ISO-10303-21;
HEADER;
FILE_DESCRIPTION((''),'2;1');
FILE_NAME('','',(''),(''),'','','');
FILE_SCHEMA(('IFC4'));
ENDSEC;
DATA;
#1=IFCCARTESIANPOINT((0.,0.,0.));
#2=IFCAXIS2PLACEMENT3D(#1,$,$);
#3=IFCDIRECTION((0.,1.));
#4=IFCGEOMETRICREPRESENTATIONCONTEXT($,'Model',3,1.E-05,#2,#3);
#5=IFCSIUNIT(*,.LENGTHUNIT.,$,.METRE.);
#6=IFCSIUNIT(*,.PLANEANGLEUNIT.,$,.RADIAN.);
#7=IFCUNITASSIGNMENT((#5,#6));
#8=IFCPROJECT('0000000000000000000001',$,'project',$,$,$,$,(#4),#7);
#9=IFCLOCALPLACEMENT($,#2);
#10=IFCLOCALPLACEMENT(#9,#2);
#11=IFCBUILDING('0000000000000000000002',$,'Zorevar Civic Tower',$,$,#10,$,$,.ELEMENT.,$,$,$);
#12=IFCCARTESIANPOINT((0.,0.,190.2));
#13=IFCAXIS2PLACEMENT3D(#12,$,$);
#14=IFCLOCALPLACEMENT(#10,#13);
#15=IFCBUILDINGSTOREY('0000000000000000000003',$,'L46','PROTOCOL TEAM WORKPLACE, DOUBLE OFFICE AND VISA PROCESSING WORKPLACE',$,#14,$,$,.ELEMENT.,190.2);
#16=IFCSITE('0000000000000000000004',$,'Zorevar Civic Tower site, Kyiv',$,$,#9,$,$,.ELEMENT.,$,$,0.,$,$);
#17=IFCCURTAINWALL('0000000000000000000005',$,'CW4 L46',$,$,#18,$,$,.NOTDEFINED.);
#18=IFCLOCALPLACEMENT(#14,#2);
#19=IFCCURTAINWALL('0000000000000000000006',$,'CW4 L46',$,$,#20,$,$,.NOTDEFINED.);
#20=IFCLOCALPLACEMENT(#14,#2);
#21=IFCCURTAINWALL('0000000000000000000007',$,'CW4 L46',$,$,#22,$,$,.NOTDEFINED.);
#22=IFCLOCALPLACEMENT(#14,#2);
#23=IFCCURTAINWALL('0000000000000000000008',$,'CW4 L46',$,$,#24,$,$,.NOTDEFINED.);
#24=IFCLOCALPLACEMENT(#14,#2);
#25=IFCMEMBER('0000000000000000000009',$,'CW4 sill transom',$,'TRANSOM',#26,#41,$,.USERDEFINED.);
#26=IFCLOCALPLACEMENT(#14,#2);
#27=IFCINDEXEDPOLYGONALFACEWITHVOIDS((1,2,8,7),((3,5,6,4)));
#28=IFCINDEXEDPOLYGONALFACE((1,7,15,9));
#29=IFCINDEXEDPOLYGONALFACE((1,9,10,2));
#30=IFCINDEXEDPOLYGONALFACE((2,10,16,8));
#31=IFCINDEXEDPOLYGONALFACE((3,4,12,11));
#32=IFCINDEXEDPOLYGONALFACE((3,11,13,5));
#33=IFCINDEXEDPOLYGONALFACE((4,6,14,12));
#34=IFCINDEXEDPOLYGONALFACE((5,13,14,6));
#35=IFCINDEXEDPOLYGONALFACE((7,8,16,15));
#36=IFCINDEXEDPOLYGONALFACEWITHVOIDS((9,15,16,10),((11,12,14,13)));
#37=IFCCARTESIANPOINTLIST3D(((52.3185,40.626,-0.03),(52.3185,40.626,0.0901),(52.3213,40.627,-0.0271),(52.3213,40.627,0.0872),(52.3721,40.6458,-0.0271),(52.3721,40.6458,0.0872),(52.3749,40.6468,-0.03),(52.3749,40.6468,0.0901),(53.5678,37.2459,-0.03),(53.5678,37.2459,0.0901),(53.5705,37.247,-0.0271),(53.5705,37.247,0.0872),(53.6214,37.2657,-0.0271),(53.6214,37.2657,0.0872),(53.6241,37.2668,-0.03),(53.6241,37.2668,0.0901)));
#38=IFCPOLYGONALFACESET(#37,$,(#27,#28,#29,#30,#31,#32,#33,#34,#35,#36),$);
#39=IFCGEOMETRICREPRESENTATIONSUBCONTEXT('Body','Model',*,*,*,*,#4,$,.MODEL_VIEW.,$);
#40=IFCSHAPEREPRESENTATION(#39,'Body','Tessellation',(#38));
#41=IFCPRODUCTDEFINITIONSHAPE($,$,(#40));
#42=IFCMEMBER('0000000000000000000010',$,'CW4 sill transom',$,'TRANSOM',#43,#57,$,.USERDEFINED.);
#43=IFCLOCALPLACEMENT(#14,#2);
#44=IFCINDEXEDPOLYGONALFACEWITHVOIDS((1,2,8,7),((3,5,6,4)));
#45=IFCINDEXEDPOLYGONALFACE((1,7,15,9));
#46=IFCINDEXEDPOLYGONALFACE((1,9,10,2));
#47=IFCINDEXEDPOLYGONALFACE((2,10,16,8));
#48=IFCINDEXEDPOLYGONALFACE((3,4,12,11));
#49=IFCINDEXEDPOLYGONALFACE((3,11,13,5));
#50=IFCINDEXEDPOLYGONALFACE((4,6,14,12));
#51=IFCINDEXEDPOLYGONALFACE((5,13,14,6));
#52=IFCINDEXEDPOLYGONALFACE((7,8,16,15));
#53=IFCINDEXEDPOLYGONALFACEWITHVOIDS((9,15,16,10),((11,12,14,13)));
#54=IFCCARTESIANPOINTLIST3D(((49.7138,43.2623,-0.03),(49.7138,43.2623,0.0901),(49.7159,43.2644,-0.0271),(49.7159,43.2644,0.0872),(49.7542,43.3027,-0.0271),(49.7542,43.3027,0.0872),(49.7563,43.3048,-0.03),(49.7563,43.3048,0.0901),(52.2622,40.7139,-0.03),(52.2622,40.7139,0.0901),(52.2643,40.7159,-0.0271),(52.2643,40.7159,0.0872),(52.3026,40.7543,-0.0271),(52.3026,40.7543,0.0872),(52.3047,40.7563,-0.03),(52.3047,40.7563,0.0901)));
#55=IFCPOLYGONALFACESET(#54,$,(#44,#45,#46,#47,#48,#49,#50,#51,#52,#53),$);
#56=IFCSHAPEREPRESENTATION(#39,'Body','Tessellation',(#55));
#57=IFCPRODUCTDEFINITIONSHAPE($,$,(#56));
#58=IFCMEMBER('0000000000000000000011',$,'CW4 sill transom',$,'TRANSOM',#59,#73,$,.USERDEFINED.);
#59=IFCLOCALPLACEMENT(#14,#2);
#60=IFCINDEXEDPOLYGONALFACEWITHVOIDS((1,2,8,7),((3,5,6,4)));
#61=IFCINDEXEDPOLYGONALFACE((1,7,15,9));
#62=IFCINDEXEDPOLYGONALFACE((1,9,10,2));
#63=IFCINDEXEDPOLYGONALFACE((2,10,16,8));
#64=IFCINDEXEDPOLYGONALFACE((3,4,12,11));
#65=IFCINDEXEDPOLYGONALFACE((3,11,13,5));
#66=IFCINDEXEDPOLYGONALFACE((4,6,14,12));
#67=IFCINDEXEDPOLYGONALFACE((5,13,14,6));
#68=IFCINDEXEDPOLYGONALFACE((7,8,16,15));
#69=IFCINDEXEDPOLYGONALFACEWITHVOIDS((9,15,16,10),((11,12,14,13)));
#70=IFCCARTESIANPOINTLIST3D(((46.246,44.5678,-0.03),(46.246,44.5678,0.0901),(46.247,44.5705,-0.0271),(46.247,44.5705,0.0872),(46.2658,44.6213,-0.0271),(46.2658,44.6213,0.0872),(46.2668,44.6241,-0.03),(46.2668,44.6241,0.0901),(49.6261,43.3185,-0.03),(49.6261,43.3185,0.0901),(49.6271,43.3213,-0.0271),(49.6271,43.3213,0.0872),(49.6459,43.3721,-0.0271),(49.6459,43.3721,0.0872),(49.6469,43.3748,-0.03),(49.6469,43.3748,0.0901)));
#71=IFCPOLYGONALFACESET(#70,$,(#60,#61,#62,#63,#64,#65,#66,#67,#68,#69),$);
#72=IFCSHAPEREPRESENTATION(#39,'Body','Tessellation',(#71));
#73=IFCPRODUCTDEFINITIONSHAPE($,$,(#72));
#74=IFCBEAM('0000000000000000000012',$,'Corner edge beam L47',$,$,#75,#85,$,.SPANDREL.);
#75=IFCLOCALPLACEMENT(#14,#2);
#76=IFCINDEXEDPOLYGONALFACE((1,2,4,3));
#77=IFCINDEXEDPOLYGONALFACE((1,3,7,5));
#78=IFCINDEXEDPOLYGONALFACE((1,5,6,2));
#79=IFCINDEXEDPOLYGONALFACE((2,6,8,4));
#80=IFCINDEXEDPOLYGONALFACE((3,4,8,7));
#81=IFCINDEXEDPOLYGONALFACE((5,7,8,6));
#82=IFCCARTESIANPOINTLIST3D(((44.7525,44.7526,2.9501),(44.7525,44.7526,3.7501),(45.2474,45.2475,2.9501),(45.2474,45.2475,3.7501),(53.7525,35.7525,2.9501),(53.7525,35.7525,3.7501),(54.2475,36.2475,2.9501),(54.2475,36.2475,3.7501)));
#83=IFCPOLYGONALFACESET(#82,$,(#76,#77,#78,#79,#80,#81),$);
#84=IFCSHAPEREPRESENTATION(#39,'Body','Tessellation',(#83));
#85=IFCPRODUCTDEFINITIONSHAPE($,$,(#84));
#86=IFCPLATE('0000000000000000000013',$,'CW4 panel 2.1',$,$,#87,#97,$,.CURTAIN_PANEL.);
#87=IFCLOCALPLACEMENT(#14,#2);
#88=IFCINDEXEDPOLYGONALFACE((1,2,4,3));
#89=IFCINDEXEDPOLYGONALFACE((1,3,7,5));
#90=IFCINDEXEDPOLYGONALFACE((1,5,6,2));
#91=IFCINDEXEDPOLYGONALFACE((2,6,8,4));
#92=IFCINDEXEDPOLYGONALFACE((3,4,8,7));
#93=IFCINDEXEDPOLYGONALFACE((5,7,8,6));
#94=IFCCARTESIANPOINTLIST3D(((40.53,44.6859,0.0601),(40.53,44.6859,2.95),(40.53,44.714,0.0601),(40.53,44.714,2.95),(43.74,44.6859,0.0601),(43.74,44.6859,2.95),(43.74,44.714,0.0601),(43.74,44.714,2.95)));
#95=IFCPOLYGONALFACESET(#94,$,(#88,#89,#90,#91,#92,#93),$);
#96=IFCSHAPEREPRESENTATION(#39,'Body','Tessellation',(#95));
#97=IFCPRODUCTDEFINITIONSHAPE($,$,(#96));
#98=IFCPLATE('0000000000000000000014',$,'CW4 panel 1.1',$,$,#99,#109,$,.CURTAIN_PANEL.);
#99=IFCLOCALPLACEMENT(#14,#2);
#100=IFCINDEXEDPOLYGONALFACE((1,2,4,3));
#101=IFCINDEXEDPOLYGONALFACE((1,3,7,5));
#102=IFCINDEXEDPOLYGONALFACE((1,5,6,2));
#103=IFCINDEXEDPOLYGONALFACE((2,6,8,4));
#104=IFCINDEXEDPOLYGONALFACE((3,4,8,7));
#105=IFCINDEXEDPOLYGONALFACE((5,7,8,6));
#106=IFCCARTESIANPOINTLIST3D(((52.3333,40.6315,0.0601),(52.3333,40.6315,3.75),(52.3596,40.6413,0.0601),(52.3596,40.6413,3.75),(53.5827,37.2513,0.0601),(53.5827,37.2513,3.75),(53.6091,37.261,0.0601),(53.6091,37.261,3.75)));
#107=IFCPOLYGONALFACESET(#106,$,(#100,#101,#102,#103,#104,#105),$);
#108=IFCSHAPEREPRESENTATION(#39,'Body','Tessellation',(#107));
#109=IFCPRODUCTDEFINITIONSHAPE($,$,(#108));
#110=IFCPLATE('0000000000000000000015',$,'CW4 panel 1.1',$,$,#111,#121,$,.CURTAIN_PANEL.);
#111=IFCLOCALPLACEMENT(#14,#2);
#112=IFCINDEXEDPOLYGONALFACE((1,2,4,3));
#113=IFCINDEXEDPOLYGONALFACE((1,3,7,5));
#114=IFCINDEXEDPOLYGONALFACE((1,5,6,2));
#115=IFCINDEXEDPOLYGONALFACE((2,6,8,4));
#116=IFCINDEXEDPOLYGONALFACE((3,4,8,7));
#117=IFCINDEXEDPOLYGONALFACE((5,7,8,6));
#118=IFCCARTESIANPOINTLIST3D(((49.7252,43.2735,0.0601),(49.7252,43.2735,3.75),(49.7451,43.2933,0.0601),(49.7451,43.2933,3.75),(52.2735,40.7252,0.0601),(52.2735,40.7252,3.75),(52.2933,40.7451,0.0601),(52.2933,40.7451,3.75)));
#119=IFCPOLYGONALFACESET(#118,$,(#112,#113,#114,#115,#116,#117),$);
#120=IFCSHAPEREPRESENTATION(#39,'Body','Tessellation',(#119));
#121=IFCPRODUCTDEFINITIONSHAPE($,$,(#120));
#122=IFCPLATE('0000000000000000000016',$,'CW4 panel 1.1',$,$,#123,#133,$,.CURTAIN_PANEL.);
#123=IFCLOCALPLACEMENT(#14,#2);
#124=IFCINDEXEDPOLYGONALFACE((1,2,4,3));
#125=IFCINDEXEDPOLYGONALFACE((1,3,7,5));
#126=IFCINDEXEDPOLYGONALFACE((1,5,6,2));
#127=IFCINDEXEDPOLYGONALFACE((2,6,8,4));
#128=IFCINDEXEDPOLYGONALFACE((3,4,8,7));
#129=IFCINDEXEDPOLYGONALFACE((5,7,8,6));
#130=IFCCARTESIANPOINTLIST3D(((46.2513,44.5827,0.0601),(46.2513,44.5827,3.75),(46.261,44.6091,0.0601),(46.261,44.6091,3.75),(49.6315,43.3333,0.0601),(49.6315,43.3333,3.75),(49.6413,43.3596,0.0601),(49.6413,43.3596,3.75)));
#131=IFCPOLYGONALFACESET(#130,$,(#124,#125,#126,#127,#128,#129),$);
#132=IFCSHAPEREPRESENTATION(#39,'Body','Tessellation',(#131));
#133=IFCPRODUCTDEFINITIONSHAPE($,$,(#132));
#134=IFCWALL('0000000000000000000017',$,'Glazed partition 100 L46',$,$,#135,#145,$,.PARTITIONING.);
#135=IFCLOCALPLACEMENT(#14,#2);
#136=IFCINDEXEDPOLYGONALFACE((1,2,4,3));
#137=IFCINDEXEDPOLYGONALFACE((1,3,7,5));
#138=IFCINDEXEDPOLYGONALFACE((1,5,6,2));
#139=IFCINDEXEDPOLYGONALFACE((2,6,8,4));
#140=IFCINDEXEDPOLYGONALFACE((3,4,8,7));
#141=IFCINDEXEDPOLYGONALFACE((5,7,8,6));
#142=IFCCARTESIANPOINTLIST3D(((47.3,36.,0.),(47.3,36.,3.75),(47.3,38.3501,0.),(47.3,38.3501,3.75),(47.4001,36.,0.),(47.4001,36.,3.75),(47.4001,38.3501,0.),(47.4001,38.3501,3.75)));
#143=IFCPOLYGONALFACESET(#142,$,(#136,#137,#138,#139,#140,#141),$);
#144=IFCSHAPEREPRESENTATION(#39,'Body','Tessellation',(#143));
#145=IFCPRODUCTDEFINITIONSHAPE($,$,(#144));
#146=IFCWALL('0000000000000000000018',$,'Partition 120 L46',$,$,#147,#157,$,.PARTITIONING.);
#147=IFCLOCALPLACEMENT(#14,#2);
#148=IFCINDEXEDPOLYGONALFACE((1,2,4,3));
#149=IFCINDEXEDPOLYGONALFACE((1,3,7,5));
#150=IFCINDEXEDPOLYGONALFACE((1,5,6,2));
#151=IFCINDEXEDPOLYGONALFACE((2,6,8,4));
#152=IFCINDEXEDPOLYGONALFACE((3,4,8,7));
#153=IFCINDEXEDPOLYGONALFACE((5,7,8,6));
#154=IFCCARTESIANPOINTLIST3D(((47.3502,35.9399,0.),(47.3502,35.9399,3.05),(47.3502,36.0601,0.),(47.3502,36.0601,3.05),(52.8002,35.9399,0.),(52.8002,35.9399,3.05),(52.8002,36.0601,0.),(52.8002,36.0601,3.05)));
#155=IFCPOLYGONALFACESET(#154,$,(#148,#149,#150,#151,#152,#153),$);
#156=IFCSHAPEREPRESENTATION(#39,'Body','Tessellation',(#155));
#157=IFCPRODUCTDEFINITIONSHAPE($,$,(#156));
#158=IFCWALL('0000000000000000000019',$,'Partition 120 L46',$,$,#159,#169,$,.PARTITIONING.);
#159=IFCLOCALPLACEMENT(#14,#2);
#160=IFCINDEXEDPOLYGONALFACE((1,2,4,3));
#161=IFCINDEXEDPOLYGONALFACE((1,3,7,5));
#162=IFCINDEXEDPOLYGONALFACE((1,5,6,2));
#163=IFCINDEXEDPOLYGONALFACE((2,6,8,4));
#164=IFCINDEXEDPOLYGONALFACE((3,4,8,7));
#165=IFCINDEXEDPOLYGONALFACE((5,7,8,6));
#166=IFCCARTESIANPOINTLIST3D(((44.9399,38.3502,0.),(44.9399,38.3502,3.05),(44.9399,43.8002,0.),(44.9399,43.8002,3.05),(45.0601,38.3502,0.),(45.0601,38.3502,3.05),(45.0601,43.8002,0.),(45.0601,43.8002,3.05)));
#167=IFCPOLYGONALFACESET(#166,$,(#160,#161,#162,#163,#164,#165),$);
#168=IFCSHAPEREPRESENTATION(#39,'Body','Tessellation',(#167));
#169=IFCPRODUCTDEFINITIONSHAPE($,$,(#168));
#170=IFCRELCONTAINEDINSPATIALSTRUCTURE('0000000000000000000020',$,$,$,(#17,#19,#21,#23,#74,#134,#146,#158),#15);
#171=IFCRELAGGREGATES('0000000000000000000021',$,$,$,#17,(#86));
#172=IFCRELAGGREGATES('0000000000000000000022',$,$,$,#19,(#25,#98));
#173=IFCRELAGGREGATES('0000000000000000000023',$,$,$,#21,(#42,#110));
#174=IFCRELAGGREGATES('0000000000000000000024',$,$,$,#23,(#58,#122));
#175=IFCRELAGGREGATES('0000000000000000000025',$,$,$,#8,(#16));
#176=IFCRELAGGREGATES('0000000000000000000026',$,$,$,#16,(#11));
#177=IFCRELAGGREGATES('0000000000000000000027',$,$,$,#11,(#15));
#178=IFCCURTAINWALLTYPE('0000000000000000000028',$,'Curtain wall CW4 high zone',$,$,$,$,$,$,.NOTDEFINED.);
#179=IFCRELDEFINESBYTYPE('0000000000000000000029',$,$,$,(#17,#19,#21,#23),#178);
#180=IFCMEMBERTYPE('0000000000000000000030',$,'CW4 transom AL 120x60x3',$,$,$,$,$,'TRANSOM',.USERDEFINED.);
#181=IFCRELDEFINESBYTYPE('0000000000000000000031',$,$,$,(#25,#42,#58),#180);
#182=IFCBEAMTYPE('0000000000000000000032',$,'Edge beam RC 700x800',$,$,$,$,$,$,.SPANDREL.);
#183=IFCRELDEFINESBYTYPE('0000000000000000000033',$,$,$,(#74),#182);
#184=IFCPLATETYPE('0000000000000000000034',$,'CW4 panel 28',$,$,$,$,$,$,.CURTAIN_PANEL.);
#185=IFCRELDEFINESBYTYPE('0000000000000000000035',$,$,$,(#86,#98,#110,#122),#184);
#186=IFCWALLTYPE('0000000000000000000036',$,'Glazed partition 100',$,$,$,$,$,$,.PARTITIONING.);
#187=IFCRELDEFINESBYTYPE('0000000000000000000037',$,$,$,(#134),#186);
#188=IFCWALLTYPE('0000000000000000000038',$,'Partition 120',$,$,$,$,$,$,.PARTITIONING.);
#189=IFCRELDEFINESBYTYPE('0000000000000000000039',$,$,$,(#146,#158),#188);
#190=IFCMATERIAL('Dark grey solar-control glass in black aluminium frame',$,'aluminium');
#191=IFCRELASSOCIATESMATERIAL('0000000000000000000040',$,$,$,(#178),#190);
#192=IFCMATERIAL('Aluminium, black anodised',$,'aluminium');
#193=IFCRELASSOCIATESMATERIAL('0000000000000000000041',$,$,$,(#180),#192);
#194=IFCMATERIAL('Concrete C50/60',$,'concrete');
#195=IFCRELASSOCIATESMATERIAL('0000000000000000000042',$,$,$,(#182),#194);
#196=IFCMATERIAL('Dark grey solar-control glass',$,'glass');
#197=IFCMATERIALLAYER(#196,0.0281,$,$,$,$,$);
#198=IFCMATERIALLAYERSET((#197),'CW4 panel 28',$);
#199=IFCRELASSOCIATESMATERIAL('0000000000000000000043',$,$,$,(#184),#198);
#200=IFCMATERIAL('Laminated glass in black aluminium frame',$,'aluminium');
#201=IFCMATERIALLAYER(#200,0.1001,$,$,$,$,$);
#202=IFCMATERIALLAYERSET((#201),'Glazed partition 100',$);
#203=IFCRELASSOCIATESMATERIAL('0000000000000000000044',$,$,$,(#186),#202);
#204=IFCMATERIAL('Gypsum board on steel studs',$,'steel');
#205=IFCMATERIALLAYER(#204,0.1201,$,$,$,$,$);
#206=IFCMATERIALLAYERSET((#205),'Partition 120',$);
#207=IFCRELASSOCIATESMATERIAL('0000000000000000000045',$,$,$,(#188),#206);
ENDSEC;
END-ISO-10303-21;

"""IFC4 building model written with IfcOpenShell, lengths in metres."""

from ifc_helpers import new_model, si_unit, direction, frame, frame_2d, origin, origin_2d, place, context, subcontext, project, spatial, rectangle, hollow_rectangle, extrude, material, layer, layer_set, material_profile, profile_set, type_object, element, aggregate, save


model = new_model("IFC4")

# Units and contexts
model_context = context("Model", 3, precision=1e-05, world=origin(), true_north=direction((0.0, 1.0)))
body_context = subcontext(model_context, "Body", "Model", "MODEL_VIEW")
ifc_project = project(units=[si_unit("LENGTHUNIT", "METRE"), si_unit("PLANEANGLEUNIT", "RADIAN")], contexts=[model_context])

# Site, building, storey
site_placement = place(None, origin())
site = spatial("IfcSite", under=ifc_project, at=site_placement, Name="Zorevar Civic Tower site, Kyiv", CompositionType="ELEMENT", RefElevation=0.0)
building_placement = place(site_placement, origin())
building = spatial("IfcBuilding", under=site, at=building_placement, Name="Zorevar Civic Tower", CompositionType="ELEMENT")
storey_placement = place(building_placement, frame((0.0, 0.0, 190.2)))
storey = spatial("IfcBuildingStorey", under=building, at=storey_placement, Name="L46", Description="PROTOCOL TEAM WORKPLACE, DOUBLE OFFICE AND VISA PROCESSING WORKPLACE", CompositionType="ELEMENT", Elevation=190.2)

# Curtain wall
ifc_material_1 = material(Name="Dark grey solar-control glass in black aluminium frame", Category="aluminium")
curtain_wall_type = type_object("IfcCurtainWallType", Name="Curtain wall CW4 high zone", PredefinedType="NOTDEFINED", material=ifc_material_1)
curtain_wall_1_placement = place(storey_placement, origin())
curtain_wall_1 = element("IfcCurtainWall", 1, at=curtain_wall_1_placement, inside=storey, type_object=curtain_wall_type, Name="CW4 L46", PredefinedType="NOTDEFINED")

# Curtain walls
curtain_wall_2_placement = place(storey_placement, origin())
curtain_wall_2 = element("IfcCurtainWall", 2, at=curtain_wall_2_placement, inside=storey, type_object=curtain_wall_type, Name="CW4 L46", PredefinedType="NOTDEFINED")
curtain_wall_3_placement = place(storey_placement, origin())
curtain_wall_3 = element("IfcCurtainWall", 3, at=curtain_wall_3_placement, inside=storey, type_object=curtain_wall_type, Name="CW4 L46", PredefinedType="NOTDEFINED")
curtain_wall_4_placement = place(storey_placement, origin())
curtain_wall_4 = element("IfcCurtainWall", 4, at=curtain_wall_4_placement, inside=storey, type_object=curtain_wall_type, Name="CW4 L46", PredefinedType="NOTDEFINED")

# Members
ifc_material_2 = material(Name="Aluminium, black anodised", Category="aluminium")
ifc_material_profile_1 = material_profile(ifc_material_2, hollow_rectangle(XDim=0.0601, YDim=0.1201, WallThickness=0.0029, at=origin_2d()), Name="AL 120x60x3")
ifc_profile_set_1 = profile_set([ifc_material_profile_1], Name="Aluminium, black anodised")
member_type_1 = type_object("IfcMemberType", Name="CW4 transom AL 120x60x3", ElementType="TRANSOM", PredefinedType="USERDEFINED", material=ifc_profile_set_1)
member_1_placement = place(storey_placement, frame((53.5959, 37.2563, 0.03), z_axis=(-0.346672, 0.937986, 0.0), x_axis=(-0.937986, -0.346672, 0.0)))
member_1 = element("IfcMember", 5, at=member_1_placement, type_object=member_type_1, Name="CW4 sill transom", ObjectType="TRANSOM", PredefinedType="USERDEFINED", context=body_context, shape_type="SweptSolid", body=[
    extrude(hollow_rectangle(XDim=0.0601, YDim=0.1201, WallThickness=0.0029, at=origin_2d()), origin(), (0.0, 0.0, 1.0), 3.6035),
])
member_2_placement = place(storey_placement, frame((52.2834, 40.7351, 0.03), z_axis=(-0.707107, 0.707107, 0.0), x_axis=(-0.707107, -0.707107, 0.0)))
member_2 = element("IfcMember", 6, at=member_2_placement, type_object=member_type_1, Name="CW4 sill transom", ObjectType="TRANSOM", PredefinedType="USERDEFINED", context=body_context, shape_type="SweptSolid", body=[
    extrude(hollow_rectangle(XDim=0.0601, YDim=0.1201, WallThickness=0.0029, at=origin_2d()), origin(), (0.0, 0.0, 1.0), 3.604),
])
member_3_placement = place(storey_placement, frame((49.6365, 43.3467, 0.03), z_axis=(-0.937986, 0.346672, 0.0), x_axis=(-0.346672, -0.937986, 0.0)))
member_3 = element("IfcMember", 7, at=member_3_placement, type_object=member_type_1, Name="CW4 sill transom", ObjectType="TRANSOM", PredefinedType="USERDEFINED", context=body_context, shape_type="SweptSolid", body=[
    extrude(hollow_rectangle(XDim=0.0601, YDim=0.1201, WallThickness=0.0029, at=origin_2d()), origin(), (0.0, 0.0, 1.0), 3.6035),
])

# Beam
ifc_material_3 = material(Name="Concrete C50/60", Category="concrete")
ifc_material_profile_2 = material_profile(ifc_material_3, rectangle(XDim=0.7, YDim=0.8, at=origin_2d()), Name="RC 700x800")
ifc_profile_set_2 = profile_set([ifc_material_profile_2], Name="Concrete C50/60")
beam_type_1 = type_object("IfcBeamType", Name="Edge beam RC 700x800", PredefinedType="SPANDREL", material=ifc_profile_set_2)
beam_1_placement = place(storey_placement, frame((54.0, 36.0, 3.3501), z_axis=(-0.707107, 0.707107, 0.0), x_axis=(-0.707107, -0.707107, 0.0)))
element("IfcBeam", 8, at=beam_1_placement, inside=storey, type_object=beam_type_1, Name="Corner edge beam L47", PredefinedType="SPANDREL", context=body_context, shape_type="SweptSolid", body=[
    extrude(rectangle(XDim=0.7, YDim=0.8, at=origin_2d()), origin(), (0.0, 0.0, 1.0), 12.728),
])

# Plates
ifc_material_4 = material(Name="Dark grey solar-control glass", Category="glass")
ifc_layer_1 = layer(ifc_material_4, 0.0281)
ifc_layer_set_1 = layer_set([ifc_layer_1], Name="CW4 panel 28")
plate_type = type_object("IfcPlateType", Name="CW4 panel 28", PredefinedType="CURTAIN_PANEL", material=ifc_layer_set_1)
plate_1_placement = place(storey_placement, frame((42.135, 44.7, 0.0601), z_axis=(0.0, 0.0, 1.0), x_axis=(1.0, 0.0, 0.0)))
plate_1 = element("IfcPlate", 9, at=plate_1_placement, type_object=plate_type, Name="CW4 panel 2.1", PredefinedType="CURTAIN_PANEL", context=body_context, shape_type="SweptSolid", body=[
    extrude(rectangle(XDim=3.21, YDim=0.0281, at=origin_2d()), origin(), (0.0, 0.0, 1.0), 2.8899),
])
aggregate(curtain_wall_1, [plate_1])
plate_2_placement = place(storey_placement, frame((52.9712, 38.9463, 0.0601), z_axis=(0.0, 0.0, 1.0), x_axis=(-0.346704, 0.937975, 0.0)))
plate_2 = element("IfcPlate", 10, at=plate_2_placement, type_object=plate_type, Name="CW4 panel 1.1", PredefinedType="CURTAIN_PANEL", context=body_context, shape_type="SweptSolid", body=[
    extrude(rectangle(XDim=3.6038, YDim=0.0281, at=origin_2d()), origin(), (0.0, 0.0, 1.0), 3.6899),
])
aggregate(curtain_wall_2, [member_1, plate_2])
plate_3_placement = place(storey_placement, frame((51.0093, 42.0093, 0.0601), z_axis=(0.0, 0.0, 1.0), x_axis=(-0.707107, 0.707107, 0.0)))
plate_3 = element("IfcPlate", 11, at=plate_3_placement, type_object=plate_type, Name="CW4 panel 1.1", PredefinedType="CURTAIN_PANEL", context=body_context, shape_type="SweptSolid", body=[
    extrude(rectangle(XDim=3.6038, YDim=0.0281, at=origin_2d()), origin(), (0.0, 0.0, 1.0), 3.6899),
])
aggregate(curtain_wall_3, [member_2, plate_3])
plate_4_placement = place(storey_placement, frame((47.9463, 43.9712, 0.0601), z_axis=(0.0, 0.0, 1.0), x_axis=(-0.937975, 0.346704, 0.0)))
plate_4 = element("IfcPlate", 12, at=plate_4_placement, type_object=plate_type, Name="CW4 panel 1.1", PredefinedType="CURTAIN_PANEL", context=body_context, shape_type="SweptSolid", body=[
    extrude(rectangle(XDim=3.6038, YDim=0.0281, at=origin_2d()), origin(), (0.0, 0.0, 1.0), 3.6899),
])
aggregate(curtain_wall_4, [member_3, plate_4])

# Shared definitions
ifc_material_5 = material(Name="Laminated glass in black aluminium frame", Category="aluminium")
ifc_layer_2 = layer(ifc_material_5, 0.1001)
ifc_layer_set_2 = layer_set([ifc_layer_2], Name="Glazed partition 100")
wall_type_1 = type_object("IfcWallType", Name="Glazed partition 100", PredefinedType="PARTITIONING", material=ifc_layer_set_2)

# Walls
wall_1_placement = place(storey_placement, frame((47.3501, 36.0, 0.0), z_axis=(0.0, 0.0, 1.0), x_axis=(0.0, 1.0, 0.0)))
element("IfcWall", 13, at=wall_1_placement, inside=storey, type_object=wall_type_1, Name="Glazed partition 100 L46", PredefinedType="PARTITIONING", context=body_context, shape_type="SweptSolid", body=[
    extrude(rectangle(XDim=2.3501, YDim=0.1001, at=frame_2d((1.175, 0.0))), origin(), (0.0, 0.0, 1.0), 3.75),
])
ifc_material_6 = material(Name="Gypsum board on steel studs", Category="steel")
ifc_layer_3 = layer(ifc_material_6, 0.1201)
ifc_layer_set_3 = layer_set([ifc_layer_3], Name="Partition 120")
wall_type_2 = type_object("IfcWallType", Name="Partition 120", PredefinedType="PARTITIONING", material=ifc_layer_set_3)
for number, where, z_axis, x_axis, name in (
    (14, (47.3501, 36.0, 0.0), (0.0, 0.0, 1.0), (1.0, 0.0, 0.0), "Partition 120 L46"),
    (15, (45.0, 38.3501, 0.0), (0.0, 0.0, 1.0), (0.0, 1.0, 0.0), "Partition 120 L46"),
):
    element("IfcWall", number, at=place(storey_placement, frame(where, z_axis=z_axis, x_axis=x_axis)), inside=storey, type_object=wall_type_2, Name=name, PredefinedType="PARTITIONING", context=body_context, shape_type="SweptSolid", body=[
        extrude(rectangle(XDim=5.45, YDim=0.1201, at=frame_2d((2.7251, 0.0))), origin(), (0.0, 0.0, 1.0), 3.05),
    ])

save(model, "model.ifc")
